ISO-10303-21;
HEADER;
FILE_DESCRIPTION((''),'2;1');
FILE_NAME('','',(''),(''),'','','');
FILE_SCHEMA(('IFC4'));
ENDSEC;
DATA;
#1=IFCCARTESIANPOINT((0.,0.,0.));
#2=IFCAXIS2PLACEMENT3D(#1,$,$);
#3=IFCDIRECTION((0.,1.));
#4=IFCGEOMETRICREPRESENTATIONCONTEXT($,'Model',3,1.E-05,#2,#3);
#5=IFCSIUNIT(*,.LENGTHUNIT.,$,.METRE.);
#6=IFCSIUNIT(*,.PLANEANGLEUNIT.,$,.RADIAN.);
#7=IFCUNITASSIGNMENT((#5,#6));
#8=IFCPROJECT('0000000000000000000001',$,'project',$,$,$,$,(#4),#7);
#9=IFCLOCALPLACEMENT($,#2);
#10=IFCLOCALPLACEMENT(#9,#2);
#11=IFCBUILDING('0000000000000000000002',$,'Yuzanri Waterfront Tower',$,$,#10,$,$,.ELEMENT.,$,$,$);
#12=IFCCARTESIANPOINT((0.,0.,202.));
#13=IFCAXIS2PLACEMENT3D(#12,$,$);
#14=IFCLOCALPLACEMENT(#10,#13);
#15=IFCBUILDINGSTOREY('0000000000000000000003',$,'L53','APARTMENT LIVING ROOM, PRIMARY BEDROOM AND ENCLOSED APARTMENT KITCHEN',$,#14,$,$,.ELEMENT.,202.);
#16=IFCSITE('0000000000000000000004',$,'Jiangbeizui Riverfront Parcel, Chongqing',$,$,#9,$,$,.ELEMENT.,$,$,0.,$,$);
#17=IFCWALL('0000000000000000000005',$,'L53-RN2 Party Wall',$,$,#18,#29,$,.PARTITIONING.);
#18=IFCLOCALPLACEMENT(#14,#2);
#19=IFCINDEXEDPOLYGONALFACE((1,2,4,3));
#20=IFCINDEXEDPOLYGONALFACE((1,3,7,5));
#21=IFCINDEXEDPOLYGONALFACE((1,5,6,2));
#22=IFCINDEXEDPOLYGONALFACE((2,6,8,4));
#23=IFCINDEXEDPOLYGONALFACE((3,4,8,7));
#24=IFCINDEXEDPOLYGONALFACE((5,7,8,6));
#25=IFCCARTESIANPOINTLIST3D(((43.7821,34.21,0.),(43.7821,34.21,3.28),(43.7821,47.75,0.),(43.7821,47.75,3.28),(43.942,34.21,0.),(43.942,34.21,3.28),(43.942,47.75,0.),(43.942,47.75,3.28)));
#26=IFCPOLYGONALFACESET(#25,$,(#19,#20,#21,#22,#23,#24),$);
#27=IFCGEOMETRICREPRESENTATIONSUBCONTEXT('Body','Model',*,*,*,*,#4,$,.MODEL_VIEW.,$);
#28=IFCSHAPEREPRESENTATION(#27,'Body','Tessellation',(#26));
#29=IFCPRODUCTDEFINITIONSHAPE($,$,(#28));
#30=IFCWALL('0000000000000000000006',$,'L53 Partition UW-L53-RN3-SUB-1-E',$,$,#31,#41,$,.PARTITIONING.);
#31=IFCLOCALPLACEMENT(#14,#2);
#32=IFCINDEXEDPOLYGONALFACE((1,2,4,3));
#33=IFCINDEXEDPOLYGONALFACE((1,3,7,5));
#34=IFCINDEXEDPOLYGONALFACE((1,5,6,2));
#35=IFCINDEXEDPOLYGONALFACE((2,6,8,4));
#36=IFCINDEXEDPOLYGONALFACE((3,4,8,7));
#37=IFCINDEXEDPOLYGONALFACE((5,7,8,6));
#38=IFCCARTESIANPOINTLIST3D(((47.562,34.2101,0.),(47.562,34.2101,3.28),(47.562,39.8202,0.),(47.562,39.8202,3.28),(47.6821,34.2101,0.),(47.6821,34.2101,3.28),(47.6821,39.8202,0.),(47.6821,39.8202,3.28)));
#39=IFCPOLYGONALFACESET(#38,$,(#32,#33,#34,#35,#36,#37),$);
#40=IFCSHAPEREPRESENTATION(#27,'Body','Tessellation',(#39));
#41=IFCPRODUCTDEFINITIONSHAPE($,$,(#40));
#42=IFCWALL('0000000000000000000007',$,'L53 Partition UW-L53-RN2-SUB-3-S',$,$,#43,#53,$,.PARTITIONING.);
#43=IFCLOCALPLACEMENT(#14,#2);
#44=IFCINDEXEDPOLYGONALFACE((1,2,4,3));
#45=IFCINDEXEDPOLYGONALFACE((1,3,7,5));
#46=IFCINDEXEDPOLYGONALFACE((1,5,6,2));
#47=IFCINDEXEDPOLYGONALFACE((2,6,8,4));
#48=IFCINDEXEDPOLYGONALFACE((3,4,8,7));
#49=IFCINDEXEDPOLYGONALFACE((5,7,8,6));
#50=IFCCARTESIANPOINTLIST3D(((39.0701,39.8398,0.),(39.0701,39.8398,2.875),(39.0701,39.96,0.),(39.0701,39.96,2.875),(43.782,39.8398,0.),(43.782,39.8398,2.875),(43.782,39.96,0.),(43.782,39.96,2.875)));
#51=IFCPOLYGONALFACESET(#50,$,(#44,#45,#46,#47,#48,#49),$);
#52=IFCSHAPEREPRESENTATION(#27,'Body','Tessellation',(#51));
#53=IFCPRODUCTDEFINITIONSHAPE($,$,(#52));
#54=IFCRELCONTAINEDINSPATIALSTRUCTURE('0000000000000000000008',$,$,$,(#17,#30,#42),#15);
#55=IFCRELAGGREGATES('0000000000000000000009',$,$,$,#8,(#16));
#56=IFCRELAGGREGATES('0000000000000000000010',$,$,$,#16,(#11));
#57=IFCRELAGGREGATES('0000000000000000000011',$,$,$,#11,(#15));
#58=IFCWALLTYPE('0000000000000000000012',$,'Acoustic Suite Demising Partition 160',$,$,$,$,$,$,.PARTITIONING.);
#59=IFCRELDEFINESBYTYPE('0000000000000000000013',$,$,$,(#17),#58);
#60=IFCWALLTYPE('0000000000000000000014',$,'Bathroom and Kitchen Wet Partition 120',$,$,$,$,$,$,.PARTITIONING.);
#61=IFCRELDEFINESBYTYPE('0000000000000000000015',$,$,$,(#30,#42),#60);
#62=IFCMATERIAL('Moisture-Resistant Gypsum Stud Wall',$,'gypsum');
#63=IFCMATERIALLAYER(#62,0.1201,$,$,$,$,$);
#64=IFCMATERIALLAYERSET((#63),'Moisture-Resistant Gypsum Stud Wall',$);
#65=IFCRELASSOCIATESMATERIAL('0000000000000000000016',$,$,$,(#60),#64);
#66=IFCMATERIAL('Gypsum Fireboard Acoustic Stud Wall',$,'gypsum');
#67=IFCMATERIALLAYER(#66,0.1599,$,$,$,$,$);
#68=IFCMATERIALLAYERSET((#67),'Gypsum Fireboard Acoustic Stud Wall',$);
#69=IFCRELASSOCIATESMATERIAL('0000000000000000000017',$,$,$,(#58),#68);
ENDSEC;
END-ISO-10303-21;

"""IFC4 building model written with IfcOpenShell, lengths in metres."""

from ifc_helpers import new_model, si_unit, direction, frame, frame_2d, origin, place, context, subcontext, project, spatial, rectangle, extrude, source, transform, mapped, material, layer, layer_set, type_object, element, save


model = new_model("IFC4")

# Units and contexts
model_context = context("Model", 3, precision=1e-05, world=origin(), true_north=direction((0.0, 1.0)))
body_context = subcontext(model_context, "Body", "Model", "MODEL_VIEW")
ifc_project = project(units=[si_unit("LENGTHUNIT", "METRE"), si_unit("PLANEANGLEUNIT", "RADIAN")], contexts=[model_context])

# Site, building, storey
site_placement = place(None, origin())
site = spatial("IfcSite", under=ifc_project, at=site_placement, Name="Jiangbeizui Riverfront Parcel, Chongqing", CompositionType="ELEMENT", RefElevation=0.0)
building_placement = place(site_placement, origin())
building = spatial("IfcBuilding", under=site, at=building_placement, Name="Yuzanri Waterfront Tower", CompositionType="ELEMENT")
storey_placement = place(building_placement, frame((0.0, 0.0, 202.0)))
storey = spatial("IfcBuildingStorey", under=building, at=storey_placement, Name="L53", Description="APARTMENT LIVING ROOM, PRIMARY BEDROOM AND ENCLOSED APARTMENT KITCHEN", CompositionType="ELEMENT", Elevation=202.0)

# Shared definitions
ifc_material_1 = material(Name="Moisture-Resistant Gypsum Stud Wall", Category="gypsum")
ifc_layer_1 = layer(ifc_material_1, 0.1201)
ifc_layer_set_1 = layer_set([ifc_layer_1], Name="Moisture-Resistant Gypsum Stud Wall")
wall_type_1 = type_object("IfcWallType", Name="Bathroom and Kitchen Wet Partition 120", PredefinedType="PARTITIONING", material=ifc_layer_set_1)

# Walls
ifc_material_2 = material(Name="Gypsum Fireboard Acoustic Stud Wall", Category="gypsum")
ifc_layer_2 = layer(ifc_material_2, 0.1599)
ifc_layer_set_2 = layer_set([ifc_layer_2], Name="Gypsum Fireboard Acoustic Stud Wall")
wall_type_2 = type_object("IfcWallType", Name="Acoustic Suite Demising Partition 160", PredefinedType="PARTITIONING", material=ifc_layer_set_2)
shared_shape_1 = source(origin(), body_context, "Body", "SweptSolid", [
    extrude(rectangle(XDim=13.54, YDim=0.1599, at=frame_2d((6.77, 0.0))), origin(), (0.0, 0.0, 1.0), 3.28),
])
wall_1_placement = place(storey_placement, frame((43.8621, 34.21, 0.0), z_axis=(0.0, 0.0, 1.0), x_axis=(0.0, 1.0, 0.0)))
element("IfcWall", 1, at=wall_1_placement, inside=storey, type_object=wall_type_2, Name="L53-RN2 Party Wall", PredefinedType="PARTITIONING", context=body_context, shape_type="MappedRepresentation", body=[
    mapped(shared_shape_1, transform((0.0, 0.0, 0.0), scale=1.0)),
])
shared_shape_2 = source(origin(), body_context, "Body", "SweptSolid", [
    extrude(rectangle(XDim=5.6101, YDim=0.1201, at=frame_2d((2.8052, 0.0))), origin(), (0.0, 0.0, 1.0), 3.28),
])
wall_2_placement = place(storey_placement, frame((47.6221, 34.21, 0.0), z_axis=(0.0, 0.0, 1.0), x_axis=(0.0, 1.0, 0.0)))
element("IfcWall", 2, at=wall_2_placement, inside=storey, type_object=wall_type_1, Name="L53 Partition UW-L53-RN3-SUB-1-E", PredefinedType="PARTITIONING", context=body_context, shape_type="MappedRepresentation", body=[
    mapped(shared_shape_2, transform((0.0, 0.0, 0.0), scale=1.0)),
])
shared_shape_3 = source(origin(), body_context, "Body", "SweptSolid", [
    extrude(rectangle(XDim=4.7119, YDim=0.1201, at=frame_2d((2.356, 0.0))), origin(), (0.0, 0.0, 1.0), 2.875),
])
wall_3_placement = place(storey_placement, frame((39.0701, 39.8999, 0.0), z_axis=(0.0, 0.0, 1.0), x_axis=(1.0, 0.0, 0.0)))
element("IfcWall", 3, at=wall_3_placement, inside=storey, type_object=wall_type_1, Name="L53 Partition UW-L53-RN2-SUB-3-S", PredefinedType="PARTITIONING", context=body_context, shape_type="MappedRepresentation", body=[
    mapped(shared_shape_3, transform((0.0, 0.0, 0.0), scale=1.0)),
])

save(model, "model.ifc")
